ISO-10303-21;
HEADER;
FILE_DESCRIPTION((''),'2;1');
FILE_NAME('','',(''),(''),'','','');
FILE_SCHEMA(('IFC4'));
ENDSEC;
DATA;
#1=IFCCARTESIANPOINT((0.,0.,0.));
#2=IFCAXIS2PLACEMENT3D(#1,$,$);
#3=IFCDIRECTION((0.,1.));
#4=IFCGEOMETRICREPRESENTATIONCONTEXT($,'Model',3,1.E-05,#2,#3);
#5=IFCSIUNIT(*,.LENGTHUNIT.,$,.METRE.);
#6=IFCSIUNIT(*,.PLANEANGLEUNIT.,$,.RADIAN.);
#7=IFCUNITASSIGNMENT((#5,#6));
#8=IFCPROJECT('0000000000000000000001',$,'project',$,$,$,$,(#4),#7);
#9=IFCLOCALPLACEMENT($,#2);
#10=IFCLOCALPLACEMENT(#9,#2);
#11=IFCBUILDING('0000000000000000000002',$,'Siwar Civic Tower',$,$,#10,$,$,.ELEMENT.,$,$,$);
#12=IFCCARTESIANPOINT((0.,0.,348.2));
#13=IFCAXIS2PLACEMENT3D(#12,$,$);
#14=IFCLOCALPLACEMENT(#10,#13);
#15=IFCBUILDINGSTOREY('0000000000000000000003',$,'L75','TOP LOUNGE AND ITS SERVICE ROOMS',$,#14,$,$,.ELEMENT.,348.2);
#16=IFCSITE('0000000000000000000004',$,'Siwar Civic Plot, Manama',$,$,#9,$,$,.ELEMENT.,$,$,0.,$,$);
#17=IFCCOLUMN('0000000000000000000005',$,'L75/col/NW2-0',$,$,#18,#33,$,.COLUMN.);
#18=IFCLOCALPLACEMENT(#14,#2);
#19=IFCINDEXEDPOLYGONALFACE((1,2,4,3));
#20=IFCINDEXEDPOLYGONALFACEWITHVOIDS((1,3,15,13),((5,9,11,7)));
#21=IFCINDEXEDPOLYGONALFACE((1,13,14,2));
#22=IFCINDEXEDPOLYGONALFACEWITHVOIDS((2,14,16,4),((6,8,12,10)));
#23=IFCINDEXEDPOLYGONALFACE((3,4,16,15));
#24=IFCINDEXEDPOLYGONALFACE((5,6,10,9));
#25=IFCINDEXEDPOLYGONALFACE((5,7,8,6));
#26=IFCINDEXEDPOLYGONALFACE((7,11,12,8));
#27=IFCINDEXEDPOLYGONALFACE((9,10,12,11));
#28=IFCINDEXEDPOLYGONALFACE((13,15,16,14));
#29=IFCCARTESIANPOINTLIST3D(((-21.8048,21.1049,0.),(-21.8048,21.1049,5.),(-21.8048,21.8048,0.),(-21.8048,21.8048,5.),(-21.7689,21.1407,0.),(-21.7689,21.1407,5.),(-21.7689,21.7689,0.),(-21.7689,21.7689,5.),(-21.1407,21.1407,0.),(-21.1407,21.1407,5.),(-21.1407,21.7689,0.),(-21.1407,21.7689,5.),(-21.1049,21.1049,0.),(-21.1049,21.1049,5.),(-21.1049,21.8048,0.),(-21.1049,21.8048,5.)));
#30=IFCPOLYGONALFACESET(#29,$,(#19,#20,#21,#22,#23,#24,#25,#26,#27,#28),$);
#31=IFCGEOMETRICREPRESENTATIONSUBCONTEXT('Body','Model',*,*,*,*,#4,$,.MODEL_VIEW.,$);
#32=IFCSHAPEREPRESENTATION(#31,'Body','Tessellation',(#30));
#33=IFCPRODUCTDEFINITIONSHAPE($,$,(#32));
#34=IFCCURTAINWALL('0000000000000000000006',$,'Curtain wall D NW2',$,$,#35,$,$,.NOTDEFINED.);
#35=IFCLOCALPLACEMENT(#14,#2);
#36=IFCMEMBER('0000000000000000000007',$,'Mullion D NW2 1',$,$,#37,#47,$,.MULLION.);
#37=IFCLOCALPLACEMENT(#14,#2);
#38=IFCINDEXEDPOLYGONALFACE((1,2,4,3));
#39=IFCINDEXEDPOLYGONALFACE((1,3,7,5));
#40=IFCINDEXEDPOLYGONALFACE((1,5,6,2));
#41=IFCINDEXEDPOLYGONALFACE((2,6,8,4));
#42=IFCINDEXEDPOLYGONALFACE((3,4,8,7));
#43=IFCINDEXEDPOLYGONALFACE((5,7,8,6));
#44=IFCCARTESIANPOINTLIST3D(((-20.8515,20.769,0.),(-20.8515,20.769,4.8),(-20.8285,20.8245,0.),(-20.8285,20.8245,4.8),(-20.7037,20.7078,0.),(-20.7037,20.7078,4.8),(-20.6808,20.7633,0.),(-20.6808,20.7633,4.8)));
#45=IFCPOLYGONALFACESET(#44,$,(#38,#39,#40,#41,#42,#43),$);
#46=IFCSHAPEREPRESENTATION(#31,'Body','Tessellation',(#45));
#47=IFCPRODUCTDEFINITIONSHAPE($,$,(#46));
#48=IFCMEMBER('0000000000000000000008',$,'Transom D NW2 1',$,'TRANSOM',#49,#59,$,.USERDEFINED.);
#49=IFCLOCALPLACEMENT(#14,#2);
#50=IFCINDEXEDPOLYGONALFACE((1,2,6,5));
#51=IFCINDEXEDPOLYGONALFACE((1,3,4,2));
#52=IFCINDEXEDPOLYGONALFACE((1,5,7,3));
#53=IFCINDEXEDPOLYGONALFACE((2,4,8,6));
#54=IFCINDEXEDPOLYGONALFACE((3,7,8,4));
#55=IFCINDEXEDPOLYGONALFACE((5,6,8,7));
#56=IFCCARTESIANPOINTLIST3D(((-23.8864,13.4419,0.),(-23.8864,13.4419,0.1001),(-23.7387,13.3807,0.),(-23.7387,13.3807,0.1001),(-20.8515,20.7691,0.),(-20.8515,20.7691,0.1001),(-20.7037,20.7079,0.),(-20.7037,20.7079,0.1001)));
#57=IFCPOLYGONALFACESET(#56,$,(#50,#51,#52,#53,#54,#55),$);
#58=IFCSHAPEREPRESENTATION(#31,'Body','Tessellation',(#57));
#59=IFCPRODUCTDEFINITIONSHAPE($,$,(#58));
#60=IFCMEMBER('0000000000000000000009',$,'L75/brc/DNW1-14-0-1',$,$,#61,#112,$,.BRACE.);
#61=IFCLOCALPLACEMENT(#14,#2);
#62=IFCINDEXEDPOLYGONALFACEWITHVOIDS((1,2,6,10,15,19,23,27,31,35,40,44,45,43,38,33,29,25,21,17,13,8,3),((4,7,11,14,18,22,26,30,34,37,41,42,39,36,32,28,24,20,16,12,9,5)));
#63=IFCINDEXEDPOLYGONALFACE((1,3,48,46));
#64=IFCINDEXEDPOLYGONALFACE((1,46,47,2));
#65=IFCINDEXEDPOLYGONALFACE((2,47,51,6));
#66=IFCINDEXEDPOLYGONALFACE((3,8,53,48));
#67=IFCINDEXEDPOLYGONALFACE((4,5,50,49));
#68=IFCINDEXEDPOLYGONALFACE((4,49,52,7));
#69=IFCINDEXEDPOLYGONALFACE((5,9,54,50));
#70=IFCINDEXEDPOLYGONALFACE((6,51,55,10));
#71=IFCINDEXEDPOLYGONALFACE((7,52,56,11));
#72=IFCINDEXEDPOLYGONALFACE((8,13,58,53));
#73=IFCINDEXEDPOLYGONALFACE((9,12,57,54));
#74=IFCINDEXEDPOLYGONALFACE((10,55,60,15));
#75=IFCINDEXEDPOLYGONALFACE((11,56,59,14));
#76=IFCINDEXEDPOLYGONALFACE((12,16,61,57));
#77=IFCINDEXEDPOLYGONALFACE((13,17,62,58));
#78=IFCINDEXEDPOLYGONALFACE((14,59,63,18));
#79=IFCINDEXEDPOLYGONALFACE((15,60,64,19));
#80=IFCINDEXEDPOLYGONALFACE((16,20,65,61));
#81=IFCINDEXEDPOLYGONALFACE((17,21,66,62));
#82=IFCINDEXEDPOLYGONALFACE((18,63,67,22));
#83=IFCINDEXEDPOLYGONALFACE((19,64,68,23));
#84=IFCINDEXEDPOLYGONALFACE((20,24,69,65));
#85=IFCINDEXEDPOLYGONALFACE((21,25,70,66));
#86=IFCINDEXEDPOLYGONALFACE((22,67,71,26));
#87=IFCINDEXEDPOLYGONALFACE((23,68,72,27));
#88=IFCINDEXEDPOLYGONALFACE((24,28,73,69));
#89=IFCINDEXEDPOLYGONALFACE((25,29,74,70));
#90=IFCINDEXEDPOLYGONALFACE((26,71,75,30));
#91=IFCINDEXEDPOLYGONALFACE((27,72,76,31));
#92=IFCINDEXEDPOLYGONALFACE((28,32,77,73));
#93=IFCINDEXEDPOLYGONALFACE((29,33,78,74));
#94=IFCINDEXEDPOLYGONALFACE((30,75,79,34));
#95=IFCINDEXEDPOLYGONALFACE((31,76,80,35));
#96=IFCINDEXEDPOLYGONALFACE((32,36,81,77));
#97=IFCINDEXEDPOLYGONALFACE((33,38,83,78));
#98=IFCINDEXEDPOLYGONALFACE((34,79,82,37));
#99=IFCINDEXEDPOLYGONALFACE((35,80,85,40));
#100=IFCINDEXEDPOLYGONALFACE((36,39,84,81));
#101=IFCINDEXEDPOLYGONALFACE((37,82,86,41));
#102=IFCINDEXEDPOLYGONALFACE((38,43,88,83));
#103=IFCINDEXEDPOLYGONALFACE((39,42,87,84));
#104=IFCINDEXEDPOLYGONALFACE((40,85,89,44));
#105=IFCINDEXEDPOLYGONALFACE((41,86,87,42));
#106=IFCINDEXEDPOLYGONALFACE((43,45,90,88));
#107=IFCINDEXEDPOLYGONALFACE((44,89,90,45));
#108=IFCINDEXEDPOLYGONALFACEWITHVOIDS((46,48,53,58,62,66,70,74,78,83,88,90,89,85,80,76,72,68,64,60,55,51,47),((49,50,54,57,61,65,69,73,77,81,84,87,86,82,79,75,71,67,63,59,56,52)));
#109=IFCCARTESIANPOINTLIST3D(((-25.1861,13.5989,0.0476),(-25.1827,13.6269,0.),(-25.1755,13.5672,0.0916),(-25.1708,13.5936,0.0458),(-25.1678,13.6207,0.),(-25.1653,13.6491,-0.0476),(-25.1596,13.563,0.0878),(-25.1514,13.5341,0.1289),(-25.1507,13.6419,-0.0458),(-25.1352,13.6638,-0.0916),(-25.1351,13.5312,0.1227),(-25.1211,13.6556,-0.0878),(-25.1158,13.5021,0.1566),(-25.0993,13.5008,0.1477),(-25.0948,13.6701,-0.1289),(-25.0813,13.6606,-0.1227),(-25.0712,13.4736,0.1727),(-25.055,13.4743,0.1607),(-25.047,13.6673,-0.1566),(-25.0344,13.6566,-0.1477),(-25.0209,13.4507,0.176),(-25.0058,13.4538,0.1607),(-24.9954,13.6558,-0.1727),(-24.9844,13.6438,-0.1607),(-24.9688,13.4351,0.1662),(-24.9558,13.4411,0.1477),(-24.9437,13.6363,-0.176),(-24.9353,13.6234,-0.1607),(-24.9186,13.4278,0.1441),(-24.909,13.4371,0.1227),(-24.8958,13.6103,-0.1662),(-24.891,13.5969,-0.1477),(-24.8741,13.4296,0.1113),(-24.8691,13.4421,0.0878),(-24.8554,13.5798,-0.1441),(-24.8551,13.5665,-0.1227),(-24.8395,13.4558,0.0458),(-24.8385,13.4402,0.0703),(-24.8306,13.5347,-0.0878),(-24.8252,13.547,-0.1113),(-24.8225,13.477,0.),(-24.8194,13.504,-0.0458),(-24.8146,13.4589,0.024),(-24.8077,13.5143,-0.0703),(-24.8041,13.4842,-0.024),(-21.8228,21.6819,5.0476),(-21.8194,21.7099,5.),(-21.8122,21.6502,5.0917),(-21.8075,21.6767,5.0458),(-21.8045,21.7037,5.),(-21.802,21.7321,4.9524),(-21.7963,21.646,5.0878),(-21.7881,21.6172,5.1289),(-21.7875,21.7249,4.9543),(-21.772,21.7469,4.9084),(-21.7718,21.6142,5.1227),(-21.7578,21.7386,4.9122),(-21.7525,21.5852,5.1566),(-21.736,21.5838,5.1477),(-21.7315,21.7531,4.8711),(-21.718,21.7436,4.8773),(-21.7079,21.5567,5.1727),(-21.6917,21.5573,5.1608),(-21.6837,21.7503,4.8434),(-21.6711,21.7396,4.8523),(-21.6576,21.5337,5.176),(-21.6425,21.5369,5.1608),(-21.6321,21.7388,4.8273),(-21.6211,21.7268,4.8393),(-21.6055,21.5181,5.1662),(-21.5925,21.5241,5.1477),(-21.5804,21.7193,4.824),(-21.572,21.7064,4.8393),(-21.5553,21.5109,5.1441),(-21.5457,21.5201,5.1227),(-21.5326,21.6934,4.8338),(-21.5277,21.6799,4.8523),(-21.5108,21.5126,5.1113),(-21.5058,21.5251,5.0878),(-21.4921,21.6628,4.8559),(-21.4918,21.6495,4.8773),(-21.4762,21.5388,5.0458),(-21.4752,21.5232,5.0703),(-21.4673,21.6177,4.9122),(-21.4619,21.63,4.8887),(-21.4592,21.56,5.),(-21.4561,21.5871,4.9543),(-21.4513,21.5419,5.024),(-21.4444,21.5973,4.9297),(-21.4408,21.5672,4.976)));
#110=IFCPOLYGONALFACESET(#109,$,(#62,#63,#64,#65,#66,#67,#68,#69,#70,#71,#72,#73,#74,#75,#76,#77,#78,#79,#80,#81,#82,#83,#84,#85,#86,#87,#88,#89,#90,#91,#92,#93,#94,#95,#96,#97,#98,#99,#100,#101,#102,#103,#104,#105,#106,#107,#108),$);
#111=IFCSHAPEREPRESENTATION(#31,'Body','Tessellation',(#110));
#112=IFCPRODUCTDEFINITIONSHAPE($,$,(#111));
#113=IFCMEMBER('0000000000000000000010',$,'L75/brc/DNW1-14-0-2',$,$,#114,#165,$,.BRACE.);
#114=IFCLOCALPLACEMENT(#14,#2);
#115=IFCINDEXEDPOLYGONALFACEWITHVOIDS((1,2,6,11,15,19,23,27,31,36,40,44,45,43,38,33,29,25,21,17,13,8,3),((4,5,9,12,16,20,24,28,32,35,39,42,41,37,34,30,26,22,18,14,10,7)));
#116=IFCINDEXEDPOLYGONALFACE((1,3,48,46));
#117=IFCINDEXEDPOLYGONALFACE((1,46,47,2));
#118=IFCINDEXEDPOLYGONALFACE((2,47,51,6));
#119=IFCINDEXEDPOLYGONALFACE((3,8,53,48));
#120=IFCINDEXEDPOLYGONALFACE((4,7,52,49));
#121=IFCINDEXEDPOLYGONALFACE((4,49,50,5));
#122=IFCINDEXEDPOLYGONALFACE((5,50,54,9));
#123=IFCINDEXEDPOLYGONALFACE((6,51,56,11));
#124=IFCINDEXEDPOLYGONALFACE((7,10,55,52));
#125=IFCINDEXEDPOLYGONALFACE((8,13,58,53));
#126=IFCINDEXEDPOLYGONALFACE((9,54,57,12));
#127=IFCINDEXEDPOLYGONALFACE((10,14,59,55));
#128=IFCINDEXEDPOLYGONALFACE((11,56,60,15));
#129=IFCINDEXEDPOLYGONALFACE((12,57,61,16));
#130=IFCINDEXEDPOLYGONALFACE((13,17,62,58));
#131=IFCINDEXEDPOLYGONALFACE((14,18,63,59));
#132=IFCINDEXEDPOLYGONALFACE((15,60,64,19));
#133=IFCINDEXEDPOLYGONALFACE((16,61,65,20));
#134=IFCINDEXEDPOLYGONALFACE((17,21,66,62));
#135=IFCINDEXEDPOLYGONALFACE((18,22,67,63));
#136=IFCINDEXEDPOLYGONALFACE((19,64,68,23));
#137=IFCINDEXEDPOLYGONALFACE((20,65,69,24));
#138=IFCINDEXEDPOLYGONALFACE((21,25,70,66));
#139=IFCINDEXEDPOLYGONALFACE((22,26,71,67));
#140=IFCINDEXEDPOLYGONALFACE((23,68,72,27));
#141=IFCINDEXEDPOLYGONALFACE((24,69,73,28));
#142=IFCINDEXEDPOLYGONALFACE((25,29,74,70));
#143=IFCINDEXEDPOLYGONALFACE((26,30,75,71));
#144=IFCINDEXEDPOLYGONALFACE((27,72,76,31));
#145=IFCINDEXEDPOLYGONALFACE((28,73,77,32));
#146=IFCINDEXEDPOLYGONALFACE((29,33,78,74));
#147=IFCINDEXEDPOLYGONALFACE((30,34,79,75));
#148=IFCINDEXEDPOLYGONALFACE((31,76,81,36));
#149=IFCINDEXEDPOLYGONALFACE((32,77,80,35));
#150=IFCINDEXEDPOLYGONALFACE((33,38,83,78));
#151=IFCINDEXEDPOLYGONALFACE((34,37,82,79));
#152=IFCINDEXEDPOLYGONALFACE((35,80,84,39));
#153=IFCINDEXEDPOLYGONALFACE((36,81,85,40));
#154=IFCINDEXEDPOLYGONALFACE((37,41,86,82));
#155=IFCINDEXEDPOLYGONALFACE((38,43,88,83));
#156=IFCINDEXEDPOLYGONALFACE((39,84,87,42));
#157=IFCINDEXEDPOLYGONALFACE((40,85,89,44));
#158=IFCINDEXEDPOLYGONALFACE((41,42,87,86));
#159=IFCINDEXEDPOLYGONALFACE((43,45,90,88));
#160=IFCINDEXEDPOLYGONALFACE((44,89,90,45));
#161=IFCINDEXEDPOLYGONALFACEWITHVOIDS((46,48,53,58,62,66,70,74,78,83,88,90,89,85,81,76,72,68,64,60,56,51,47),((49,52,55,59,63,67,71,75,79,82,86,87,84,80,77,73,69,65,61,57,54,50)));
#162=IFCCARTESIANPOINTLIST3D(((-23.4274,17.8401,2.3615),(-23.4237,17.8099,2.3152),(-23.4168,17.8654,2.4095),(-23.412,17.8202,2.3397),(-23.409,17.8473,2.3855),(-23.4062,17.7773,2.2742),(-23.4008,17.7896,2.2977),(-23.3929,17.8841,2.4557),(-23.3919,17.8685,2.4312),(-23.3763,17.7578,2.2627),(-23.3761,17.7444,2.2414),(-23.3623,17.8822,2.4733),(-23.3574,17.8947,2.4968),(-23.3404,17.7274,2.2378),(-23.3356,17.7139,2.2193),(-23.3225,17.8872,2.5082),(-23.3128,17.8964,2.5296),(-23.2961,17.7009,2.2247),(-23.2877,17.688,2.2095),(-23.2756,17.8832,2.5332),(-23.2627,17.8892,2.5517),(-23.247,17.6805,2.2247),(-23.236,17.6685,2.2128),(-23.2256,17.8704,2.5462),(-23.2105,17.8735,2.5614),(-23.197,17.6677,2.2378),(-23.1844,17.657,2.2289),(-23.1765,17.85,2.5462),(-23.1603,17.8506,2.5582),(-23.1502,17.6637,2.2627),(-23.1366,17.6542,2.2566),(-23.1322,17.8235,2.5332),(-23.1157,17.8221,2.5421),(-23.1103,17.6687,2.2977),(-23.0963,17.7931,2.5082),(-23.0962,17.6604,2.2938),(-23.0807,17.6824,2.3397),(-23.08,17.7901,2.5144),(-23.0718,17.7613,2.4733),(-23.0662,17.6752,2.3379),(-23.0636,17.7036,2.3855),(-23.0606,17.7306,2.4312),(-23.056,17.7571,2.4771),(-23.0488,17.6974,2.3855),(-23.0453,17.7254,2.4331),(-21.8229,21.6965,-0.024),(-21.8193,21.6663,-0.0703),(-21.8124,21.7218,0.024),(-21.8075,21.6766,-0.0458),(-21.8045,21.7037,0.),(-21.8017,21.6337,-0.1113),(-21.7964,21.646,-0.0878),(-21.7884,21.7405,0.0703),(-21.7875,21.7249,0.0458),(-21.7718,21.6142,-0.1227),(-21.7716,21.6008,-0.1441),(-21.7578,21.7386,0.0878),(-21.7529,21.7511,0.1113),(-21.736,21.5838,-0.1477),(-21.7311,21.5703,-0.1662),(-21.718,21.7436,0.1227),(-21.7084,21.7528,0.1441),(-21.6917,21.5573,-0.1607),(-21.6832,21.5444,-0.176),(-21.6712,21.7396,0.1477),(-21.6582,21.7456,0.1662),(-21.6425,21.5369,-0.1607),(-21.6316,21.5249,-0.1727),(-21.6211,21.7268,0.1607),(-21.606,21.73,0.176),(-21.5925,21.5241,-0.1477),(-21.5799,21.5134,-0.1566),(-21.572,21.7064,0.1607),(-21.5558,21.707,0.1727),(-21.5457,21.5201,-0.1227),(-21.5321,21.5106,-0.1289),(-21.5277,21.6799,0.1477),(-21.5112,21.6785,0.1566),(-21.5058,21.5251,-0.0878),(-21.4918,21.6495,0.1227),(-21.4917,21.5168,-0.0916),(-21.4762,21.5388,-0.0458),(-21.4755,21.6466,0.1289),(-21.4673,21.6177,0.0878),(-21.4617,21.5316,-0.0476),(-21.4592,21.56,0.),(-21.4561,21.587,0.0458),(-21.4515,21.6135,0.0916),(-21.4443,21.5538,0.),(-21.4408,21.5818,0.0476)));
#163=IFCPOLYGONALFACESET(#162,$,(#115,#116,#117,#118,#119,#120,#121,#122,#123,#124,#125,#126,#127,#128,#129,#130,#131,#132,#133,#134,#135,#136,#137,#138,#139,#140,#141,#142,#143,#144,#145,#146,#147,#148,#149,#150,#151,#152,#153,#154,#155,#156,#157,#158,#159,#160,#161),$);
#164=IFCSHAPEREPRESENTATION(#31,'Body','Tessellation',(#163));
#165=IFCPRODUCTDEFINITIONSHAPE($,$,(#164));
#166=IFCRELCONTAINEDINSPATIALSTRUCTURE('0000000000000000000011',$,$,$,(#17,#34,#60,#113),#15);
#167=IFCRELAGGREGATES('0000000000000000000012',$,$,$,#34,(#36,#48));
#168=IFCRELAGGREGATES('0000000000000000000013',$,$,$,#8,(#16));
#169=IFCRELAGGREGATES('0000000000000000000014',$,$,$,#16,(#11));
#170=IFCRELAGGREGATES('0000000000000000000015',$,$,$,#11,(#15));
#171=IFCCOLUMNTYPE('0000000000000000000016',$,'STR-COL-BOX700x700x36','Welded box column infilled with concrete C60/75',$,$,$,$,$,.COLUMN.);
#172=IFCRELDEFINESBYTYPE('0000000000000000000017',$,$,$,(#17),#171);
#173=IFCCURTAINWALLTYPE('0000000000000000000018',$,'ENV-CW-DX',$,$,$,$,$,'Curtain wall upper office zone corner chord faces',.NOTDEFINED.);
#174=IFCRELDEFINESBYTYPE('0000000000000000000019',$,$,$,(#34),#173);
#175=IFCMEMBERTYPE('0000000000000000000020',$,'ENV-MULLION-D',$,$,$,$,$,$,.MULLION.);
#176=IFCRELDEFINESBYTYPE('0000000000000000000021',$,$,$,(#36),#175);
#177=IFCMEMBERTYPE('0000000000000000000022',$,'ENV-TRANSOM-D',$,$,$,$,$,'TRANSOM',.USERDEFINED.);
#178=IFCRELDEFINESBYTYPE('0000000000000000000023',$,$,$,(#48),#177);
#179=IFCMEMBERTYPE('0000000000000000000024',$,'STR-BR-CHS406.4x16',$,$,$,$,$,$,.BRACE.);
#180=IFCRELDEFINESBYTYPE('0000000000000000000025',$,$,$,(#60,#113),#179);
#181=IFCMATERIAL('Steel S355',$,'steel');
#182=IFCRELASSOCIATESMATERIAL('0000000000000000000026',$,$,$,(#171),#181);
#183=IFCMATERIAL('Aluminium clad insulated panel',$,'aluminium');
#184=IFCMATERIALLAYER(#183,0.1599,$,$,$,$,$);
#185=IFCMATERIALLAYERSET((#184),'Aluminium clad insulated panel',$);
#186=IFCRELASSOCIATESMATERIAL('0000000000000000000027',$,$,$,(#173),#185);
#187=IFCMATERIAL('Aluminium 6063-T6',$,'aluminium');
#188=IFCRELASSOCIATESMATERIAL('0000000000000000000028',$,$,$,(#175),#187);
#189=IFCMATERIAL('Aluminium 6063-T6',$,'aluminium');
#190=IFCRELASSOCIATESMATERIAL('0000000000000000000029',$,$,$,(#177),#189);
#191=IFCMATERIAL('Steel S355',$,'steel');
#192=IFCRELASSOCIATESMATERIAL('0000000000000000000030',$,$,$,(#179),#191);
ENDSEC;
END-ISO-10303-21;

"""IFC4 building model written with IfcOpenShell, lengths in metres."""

from ifc_helpers import new_model, si_unit, direction, frame, origin, origin_2d, place, context, subcontext, project, spatial, rectangle, hollow_rectangle, hollow_circle, extrude, material, layer, layer_set, material_profile, profile_set, type_object, element, aggregate, save


model = new_model("IFC4")

# Units and contexts
model_context = context("Model", 3, precision=1e-05, world=origin(), true_north=direction((0.0, 1.0)))
body_context = subcontext(model_context, "Body", "Model", "MODEL_VIEW")
ifc_project = project(units=[si_unit("LENGTHUNIT", "METRE"), si_unit("PLANEANGLEUNIT", "RADIAN")], contexts=[model_context])

# Site, building, storey
site_placement = place(None, origin())
site = spatial("IfcSite", under=ifc_project, at=site_placement, Name="Siwar Civic Plot, Manama", CompositionType="ELEMENT", RefElevation=0.0)
building_placement = place(site_placement, origin())
building = spatial("IfcBuilding", under=site, at=building_placement, Name="Siwar Civic Tower", CompositionType="ELEMENT")
storey_placement = place(building_placement, frame((0.0, 0.0, 348.2)))
storey = spatial("IfcBuildingStorey", under=building, at=storey_placement, Name="L75", Description="TOP LOUNGE AND ITS SERVICE ROOMS", CompositionType="ELEMENT", Elevation=348.2)

# Column
ifc_material_1 = material(Name="Steel S355", Category="steel")
ifc_material_profile_1 = material_profile(ifc_material_1, hollow_rectangle(XDim=0.7, YDim=0.7, WallThickness=0.0359, at=origin_2d()), Name="BOX700x700x36")
ifc_profile_set_1 = profile_set([ifc_material_profile_1], Name="Steel S355")
column_type = type_object("IfcColumnType", Name="STR-COL-BOX700x700x36", Description="Welded box column infilled with concrete C60/75", PredefinedType="COLUMN", material=ifc_profile_set_1)
column_placement = place(storey_placement, frame((-21.4548, 21.4548, 0.0), z_axis=(0.0, 0.0, 1.0), x_axis=(1.0, 0.0, 0.0)))
element("IfcColumn", 1, at=column_placement, inside=storey, type_object=column_type, Name="L75/col/NW2-0", PredefinedType="COLUMN", context=body_context, shape_type="SweptSolid", body=[
    extrude(hollow_rectangle(XDim=0.7, YDim=0.7, WallThickness=0.0359, at=origin_2d()), origin(), (0.0, 0.0, 1.0), 5.0),
])

# Curtain wall, members
ifc_material_2 = material(Name="Aluminium clad insulated panel", Category="aluminium")
ifc_layer_1 = layer(ifc_material_2, 0.1599)
ifc_layer_set_1 = layer_set([ifc_layer_1], Name="Aluminium clad insulated panel")
curtain_wall_type = type_object("IfcCurtainWallType", Name="ENV-CW-DX", ElementType="Curtain wall upper office zone corner chord faces", PredefinedType="NOTDEFINED", material=ifc_layer_set_1)
curtain_wall_1_placement = place(storey_placement, origin())
curtain_wall_1 = element("IfcCurtainWall", 2, at=curtain_wall_1_placement, inside=storey, type_object=curtain_wall_type, Name="Curtain wall D NW2", PredefinedType="NOTDEFINED")
ifc_material_3 = material(Name="Aluminium 6063-T6", Category="aluminium")
ifc_material_profile_2 = material_profile(ifc_material_3, rectangle(XDim=0.1599, YDim=0.0601, at=origin_2d()), Name="AL 160x60")
ifc_profile_set_2 = profile_set([ifc_material_profile_2], Name="Aluminium 6063-T6")
member_type_1 = type_object("IfcMemberType", Name="ENV-MULLION-D", PredefinedType="MULLION", material=ifc_profile_set_2)
member_1_placement = place(storey_placement, frame((-20.7661, 20.7661, 0.0), z_axis=(0.0, 0.0, 1.0), x_axis=(0.92388, -0.382683, 0.0)))
member_1 = element("IfcMember", 3, at=member_1_placement, type_object=member_type_1, Name="Mullion D NW2 1", PredefinedType="MULLION", context=body_context, shape_type="SweptSolid", body=[
    extrude(rectangle(XDim=0.1599, YDim=0.0601, at=origin_2d()), origin(), (0.0, 0.0, 1.0), 4.8),
])
ifc_material_4 = material(Name="Aluminium 6063-T6", Category="aluminium")
ifc_material_profile_3 = material_profile(ifc_material_4, rectangle(XDim=0.1599, YDim=0.1001, at=origin_2d()), Name="AL 160x100")
ifc_profile_set_3 = profile_set([ifc_material_profile_3], Name="Aluminium 6063-T6")
member_type_2 = type_object("IfcMemberType", Name="ENV-TRANSOM-D", ElementType="TRANSOM", PredefinedType="USERDEFINED", material=ifc_profile_set_3)
member_2_placement = place(storey_placement, frame((-20.7776, 20.7385, 0.05), z_axis=(-0.382674, -0.923884, 0.0), x_axis=(0.923884, -0.382674, 0.0)))
member_2 = element("IfcMember", 4, at=member_2_placement, type_object=member_type_2, Name="Transom D NW2 1", ObjectType="TRANSOM", PredefinedType="USERDEFINED", context=body_context, shape_type="SweptSolid", body=[
    extrude(rectangle(XDim=0.1599, YDim=0.1001, at=origin_2d()), origin(), (0.0, 0.0, 1.0), 7.9309),
])

# Members
ifc_material_5 = material(Name="Steel S355", Category="steel")
ifc_material_profile_4 = material_profile(ifc_material_5, hollow_circle(Radius=0.2031, WallThickness=0.0161, at=origin_2d()), Name="CHS406.4x16")
ifc_profile_set_4 = profile_set([ifc_material_profile_4], Name="Steel S355")
member_type_3 = type_object("IfcMemberType", Name="STR-BR-CHS406.4x16", PredefinedType="BRACE", material=ifc_profile_set_4)
member_3_placement = place(storey_placement, frame((-24.9951, 13.5488, 0.0), z_axis=(0.333593, 0.801727, 0.495933), x_axis=(-0.923265, 0.384164, 0.0)))
element("IfcMember", 5, at=member_3_placement, inside=storey, type_object=member_type_3, Name="L75/brc/DNW1-14-0-1", PredefinedType="BRACE", context=body_context, shape_type="SweptSolid", body=[
    extrude(hollow_circle(Radius=0.2031, WallThickness=0.0161, at=origin_2d()), origin(), (0.0, 0.0, 1.0), 10.082),
])
for number, where, z_axis, x_axis, name in (
    (6, (-21.6318, 21.6318, 0.0), (-0.333567, -0.801737, 0.495934), (0.923277, -0.384134, 0.0), "L75/brc/DNW1-14-0-2"),
):
    element("IfcMember", number, at=place(storey_placement, frame(where, z_axis=z_axis, x_axis=x_axis)), inside=storey, type_object=member_type_3, Name=name, PredefinedType="BRACE", context=body_context, shape_type="SweptSolid", body=[
        extrude(hollow_circle(Radius=0.2031, WallThickness=0.0161, at=origin_2d()), origin(), (0.0, 0.0, 1.0), 4.8101),
    ])

aggregate(curtain_wall_1, [member_1, member_2])

save(model, "model.ifc")
